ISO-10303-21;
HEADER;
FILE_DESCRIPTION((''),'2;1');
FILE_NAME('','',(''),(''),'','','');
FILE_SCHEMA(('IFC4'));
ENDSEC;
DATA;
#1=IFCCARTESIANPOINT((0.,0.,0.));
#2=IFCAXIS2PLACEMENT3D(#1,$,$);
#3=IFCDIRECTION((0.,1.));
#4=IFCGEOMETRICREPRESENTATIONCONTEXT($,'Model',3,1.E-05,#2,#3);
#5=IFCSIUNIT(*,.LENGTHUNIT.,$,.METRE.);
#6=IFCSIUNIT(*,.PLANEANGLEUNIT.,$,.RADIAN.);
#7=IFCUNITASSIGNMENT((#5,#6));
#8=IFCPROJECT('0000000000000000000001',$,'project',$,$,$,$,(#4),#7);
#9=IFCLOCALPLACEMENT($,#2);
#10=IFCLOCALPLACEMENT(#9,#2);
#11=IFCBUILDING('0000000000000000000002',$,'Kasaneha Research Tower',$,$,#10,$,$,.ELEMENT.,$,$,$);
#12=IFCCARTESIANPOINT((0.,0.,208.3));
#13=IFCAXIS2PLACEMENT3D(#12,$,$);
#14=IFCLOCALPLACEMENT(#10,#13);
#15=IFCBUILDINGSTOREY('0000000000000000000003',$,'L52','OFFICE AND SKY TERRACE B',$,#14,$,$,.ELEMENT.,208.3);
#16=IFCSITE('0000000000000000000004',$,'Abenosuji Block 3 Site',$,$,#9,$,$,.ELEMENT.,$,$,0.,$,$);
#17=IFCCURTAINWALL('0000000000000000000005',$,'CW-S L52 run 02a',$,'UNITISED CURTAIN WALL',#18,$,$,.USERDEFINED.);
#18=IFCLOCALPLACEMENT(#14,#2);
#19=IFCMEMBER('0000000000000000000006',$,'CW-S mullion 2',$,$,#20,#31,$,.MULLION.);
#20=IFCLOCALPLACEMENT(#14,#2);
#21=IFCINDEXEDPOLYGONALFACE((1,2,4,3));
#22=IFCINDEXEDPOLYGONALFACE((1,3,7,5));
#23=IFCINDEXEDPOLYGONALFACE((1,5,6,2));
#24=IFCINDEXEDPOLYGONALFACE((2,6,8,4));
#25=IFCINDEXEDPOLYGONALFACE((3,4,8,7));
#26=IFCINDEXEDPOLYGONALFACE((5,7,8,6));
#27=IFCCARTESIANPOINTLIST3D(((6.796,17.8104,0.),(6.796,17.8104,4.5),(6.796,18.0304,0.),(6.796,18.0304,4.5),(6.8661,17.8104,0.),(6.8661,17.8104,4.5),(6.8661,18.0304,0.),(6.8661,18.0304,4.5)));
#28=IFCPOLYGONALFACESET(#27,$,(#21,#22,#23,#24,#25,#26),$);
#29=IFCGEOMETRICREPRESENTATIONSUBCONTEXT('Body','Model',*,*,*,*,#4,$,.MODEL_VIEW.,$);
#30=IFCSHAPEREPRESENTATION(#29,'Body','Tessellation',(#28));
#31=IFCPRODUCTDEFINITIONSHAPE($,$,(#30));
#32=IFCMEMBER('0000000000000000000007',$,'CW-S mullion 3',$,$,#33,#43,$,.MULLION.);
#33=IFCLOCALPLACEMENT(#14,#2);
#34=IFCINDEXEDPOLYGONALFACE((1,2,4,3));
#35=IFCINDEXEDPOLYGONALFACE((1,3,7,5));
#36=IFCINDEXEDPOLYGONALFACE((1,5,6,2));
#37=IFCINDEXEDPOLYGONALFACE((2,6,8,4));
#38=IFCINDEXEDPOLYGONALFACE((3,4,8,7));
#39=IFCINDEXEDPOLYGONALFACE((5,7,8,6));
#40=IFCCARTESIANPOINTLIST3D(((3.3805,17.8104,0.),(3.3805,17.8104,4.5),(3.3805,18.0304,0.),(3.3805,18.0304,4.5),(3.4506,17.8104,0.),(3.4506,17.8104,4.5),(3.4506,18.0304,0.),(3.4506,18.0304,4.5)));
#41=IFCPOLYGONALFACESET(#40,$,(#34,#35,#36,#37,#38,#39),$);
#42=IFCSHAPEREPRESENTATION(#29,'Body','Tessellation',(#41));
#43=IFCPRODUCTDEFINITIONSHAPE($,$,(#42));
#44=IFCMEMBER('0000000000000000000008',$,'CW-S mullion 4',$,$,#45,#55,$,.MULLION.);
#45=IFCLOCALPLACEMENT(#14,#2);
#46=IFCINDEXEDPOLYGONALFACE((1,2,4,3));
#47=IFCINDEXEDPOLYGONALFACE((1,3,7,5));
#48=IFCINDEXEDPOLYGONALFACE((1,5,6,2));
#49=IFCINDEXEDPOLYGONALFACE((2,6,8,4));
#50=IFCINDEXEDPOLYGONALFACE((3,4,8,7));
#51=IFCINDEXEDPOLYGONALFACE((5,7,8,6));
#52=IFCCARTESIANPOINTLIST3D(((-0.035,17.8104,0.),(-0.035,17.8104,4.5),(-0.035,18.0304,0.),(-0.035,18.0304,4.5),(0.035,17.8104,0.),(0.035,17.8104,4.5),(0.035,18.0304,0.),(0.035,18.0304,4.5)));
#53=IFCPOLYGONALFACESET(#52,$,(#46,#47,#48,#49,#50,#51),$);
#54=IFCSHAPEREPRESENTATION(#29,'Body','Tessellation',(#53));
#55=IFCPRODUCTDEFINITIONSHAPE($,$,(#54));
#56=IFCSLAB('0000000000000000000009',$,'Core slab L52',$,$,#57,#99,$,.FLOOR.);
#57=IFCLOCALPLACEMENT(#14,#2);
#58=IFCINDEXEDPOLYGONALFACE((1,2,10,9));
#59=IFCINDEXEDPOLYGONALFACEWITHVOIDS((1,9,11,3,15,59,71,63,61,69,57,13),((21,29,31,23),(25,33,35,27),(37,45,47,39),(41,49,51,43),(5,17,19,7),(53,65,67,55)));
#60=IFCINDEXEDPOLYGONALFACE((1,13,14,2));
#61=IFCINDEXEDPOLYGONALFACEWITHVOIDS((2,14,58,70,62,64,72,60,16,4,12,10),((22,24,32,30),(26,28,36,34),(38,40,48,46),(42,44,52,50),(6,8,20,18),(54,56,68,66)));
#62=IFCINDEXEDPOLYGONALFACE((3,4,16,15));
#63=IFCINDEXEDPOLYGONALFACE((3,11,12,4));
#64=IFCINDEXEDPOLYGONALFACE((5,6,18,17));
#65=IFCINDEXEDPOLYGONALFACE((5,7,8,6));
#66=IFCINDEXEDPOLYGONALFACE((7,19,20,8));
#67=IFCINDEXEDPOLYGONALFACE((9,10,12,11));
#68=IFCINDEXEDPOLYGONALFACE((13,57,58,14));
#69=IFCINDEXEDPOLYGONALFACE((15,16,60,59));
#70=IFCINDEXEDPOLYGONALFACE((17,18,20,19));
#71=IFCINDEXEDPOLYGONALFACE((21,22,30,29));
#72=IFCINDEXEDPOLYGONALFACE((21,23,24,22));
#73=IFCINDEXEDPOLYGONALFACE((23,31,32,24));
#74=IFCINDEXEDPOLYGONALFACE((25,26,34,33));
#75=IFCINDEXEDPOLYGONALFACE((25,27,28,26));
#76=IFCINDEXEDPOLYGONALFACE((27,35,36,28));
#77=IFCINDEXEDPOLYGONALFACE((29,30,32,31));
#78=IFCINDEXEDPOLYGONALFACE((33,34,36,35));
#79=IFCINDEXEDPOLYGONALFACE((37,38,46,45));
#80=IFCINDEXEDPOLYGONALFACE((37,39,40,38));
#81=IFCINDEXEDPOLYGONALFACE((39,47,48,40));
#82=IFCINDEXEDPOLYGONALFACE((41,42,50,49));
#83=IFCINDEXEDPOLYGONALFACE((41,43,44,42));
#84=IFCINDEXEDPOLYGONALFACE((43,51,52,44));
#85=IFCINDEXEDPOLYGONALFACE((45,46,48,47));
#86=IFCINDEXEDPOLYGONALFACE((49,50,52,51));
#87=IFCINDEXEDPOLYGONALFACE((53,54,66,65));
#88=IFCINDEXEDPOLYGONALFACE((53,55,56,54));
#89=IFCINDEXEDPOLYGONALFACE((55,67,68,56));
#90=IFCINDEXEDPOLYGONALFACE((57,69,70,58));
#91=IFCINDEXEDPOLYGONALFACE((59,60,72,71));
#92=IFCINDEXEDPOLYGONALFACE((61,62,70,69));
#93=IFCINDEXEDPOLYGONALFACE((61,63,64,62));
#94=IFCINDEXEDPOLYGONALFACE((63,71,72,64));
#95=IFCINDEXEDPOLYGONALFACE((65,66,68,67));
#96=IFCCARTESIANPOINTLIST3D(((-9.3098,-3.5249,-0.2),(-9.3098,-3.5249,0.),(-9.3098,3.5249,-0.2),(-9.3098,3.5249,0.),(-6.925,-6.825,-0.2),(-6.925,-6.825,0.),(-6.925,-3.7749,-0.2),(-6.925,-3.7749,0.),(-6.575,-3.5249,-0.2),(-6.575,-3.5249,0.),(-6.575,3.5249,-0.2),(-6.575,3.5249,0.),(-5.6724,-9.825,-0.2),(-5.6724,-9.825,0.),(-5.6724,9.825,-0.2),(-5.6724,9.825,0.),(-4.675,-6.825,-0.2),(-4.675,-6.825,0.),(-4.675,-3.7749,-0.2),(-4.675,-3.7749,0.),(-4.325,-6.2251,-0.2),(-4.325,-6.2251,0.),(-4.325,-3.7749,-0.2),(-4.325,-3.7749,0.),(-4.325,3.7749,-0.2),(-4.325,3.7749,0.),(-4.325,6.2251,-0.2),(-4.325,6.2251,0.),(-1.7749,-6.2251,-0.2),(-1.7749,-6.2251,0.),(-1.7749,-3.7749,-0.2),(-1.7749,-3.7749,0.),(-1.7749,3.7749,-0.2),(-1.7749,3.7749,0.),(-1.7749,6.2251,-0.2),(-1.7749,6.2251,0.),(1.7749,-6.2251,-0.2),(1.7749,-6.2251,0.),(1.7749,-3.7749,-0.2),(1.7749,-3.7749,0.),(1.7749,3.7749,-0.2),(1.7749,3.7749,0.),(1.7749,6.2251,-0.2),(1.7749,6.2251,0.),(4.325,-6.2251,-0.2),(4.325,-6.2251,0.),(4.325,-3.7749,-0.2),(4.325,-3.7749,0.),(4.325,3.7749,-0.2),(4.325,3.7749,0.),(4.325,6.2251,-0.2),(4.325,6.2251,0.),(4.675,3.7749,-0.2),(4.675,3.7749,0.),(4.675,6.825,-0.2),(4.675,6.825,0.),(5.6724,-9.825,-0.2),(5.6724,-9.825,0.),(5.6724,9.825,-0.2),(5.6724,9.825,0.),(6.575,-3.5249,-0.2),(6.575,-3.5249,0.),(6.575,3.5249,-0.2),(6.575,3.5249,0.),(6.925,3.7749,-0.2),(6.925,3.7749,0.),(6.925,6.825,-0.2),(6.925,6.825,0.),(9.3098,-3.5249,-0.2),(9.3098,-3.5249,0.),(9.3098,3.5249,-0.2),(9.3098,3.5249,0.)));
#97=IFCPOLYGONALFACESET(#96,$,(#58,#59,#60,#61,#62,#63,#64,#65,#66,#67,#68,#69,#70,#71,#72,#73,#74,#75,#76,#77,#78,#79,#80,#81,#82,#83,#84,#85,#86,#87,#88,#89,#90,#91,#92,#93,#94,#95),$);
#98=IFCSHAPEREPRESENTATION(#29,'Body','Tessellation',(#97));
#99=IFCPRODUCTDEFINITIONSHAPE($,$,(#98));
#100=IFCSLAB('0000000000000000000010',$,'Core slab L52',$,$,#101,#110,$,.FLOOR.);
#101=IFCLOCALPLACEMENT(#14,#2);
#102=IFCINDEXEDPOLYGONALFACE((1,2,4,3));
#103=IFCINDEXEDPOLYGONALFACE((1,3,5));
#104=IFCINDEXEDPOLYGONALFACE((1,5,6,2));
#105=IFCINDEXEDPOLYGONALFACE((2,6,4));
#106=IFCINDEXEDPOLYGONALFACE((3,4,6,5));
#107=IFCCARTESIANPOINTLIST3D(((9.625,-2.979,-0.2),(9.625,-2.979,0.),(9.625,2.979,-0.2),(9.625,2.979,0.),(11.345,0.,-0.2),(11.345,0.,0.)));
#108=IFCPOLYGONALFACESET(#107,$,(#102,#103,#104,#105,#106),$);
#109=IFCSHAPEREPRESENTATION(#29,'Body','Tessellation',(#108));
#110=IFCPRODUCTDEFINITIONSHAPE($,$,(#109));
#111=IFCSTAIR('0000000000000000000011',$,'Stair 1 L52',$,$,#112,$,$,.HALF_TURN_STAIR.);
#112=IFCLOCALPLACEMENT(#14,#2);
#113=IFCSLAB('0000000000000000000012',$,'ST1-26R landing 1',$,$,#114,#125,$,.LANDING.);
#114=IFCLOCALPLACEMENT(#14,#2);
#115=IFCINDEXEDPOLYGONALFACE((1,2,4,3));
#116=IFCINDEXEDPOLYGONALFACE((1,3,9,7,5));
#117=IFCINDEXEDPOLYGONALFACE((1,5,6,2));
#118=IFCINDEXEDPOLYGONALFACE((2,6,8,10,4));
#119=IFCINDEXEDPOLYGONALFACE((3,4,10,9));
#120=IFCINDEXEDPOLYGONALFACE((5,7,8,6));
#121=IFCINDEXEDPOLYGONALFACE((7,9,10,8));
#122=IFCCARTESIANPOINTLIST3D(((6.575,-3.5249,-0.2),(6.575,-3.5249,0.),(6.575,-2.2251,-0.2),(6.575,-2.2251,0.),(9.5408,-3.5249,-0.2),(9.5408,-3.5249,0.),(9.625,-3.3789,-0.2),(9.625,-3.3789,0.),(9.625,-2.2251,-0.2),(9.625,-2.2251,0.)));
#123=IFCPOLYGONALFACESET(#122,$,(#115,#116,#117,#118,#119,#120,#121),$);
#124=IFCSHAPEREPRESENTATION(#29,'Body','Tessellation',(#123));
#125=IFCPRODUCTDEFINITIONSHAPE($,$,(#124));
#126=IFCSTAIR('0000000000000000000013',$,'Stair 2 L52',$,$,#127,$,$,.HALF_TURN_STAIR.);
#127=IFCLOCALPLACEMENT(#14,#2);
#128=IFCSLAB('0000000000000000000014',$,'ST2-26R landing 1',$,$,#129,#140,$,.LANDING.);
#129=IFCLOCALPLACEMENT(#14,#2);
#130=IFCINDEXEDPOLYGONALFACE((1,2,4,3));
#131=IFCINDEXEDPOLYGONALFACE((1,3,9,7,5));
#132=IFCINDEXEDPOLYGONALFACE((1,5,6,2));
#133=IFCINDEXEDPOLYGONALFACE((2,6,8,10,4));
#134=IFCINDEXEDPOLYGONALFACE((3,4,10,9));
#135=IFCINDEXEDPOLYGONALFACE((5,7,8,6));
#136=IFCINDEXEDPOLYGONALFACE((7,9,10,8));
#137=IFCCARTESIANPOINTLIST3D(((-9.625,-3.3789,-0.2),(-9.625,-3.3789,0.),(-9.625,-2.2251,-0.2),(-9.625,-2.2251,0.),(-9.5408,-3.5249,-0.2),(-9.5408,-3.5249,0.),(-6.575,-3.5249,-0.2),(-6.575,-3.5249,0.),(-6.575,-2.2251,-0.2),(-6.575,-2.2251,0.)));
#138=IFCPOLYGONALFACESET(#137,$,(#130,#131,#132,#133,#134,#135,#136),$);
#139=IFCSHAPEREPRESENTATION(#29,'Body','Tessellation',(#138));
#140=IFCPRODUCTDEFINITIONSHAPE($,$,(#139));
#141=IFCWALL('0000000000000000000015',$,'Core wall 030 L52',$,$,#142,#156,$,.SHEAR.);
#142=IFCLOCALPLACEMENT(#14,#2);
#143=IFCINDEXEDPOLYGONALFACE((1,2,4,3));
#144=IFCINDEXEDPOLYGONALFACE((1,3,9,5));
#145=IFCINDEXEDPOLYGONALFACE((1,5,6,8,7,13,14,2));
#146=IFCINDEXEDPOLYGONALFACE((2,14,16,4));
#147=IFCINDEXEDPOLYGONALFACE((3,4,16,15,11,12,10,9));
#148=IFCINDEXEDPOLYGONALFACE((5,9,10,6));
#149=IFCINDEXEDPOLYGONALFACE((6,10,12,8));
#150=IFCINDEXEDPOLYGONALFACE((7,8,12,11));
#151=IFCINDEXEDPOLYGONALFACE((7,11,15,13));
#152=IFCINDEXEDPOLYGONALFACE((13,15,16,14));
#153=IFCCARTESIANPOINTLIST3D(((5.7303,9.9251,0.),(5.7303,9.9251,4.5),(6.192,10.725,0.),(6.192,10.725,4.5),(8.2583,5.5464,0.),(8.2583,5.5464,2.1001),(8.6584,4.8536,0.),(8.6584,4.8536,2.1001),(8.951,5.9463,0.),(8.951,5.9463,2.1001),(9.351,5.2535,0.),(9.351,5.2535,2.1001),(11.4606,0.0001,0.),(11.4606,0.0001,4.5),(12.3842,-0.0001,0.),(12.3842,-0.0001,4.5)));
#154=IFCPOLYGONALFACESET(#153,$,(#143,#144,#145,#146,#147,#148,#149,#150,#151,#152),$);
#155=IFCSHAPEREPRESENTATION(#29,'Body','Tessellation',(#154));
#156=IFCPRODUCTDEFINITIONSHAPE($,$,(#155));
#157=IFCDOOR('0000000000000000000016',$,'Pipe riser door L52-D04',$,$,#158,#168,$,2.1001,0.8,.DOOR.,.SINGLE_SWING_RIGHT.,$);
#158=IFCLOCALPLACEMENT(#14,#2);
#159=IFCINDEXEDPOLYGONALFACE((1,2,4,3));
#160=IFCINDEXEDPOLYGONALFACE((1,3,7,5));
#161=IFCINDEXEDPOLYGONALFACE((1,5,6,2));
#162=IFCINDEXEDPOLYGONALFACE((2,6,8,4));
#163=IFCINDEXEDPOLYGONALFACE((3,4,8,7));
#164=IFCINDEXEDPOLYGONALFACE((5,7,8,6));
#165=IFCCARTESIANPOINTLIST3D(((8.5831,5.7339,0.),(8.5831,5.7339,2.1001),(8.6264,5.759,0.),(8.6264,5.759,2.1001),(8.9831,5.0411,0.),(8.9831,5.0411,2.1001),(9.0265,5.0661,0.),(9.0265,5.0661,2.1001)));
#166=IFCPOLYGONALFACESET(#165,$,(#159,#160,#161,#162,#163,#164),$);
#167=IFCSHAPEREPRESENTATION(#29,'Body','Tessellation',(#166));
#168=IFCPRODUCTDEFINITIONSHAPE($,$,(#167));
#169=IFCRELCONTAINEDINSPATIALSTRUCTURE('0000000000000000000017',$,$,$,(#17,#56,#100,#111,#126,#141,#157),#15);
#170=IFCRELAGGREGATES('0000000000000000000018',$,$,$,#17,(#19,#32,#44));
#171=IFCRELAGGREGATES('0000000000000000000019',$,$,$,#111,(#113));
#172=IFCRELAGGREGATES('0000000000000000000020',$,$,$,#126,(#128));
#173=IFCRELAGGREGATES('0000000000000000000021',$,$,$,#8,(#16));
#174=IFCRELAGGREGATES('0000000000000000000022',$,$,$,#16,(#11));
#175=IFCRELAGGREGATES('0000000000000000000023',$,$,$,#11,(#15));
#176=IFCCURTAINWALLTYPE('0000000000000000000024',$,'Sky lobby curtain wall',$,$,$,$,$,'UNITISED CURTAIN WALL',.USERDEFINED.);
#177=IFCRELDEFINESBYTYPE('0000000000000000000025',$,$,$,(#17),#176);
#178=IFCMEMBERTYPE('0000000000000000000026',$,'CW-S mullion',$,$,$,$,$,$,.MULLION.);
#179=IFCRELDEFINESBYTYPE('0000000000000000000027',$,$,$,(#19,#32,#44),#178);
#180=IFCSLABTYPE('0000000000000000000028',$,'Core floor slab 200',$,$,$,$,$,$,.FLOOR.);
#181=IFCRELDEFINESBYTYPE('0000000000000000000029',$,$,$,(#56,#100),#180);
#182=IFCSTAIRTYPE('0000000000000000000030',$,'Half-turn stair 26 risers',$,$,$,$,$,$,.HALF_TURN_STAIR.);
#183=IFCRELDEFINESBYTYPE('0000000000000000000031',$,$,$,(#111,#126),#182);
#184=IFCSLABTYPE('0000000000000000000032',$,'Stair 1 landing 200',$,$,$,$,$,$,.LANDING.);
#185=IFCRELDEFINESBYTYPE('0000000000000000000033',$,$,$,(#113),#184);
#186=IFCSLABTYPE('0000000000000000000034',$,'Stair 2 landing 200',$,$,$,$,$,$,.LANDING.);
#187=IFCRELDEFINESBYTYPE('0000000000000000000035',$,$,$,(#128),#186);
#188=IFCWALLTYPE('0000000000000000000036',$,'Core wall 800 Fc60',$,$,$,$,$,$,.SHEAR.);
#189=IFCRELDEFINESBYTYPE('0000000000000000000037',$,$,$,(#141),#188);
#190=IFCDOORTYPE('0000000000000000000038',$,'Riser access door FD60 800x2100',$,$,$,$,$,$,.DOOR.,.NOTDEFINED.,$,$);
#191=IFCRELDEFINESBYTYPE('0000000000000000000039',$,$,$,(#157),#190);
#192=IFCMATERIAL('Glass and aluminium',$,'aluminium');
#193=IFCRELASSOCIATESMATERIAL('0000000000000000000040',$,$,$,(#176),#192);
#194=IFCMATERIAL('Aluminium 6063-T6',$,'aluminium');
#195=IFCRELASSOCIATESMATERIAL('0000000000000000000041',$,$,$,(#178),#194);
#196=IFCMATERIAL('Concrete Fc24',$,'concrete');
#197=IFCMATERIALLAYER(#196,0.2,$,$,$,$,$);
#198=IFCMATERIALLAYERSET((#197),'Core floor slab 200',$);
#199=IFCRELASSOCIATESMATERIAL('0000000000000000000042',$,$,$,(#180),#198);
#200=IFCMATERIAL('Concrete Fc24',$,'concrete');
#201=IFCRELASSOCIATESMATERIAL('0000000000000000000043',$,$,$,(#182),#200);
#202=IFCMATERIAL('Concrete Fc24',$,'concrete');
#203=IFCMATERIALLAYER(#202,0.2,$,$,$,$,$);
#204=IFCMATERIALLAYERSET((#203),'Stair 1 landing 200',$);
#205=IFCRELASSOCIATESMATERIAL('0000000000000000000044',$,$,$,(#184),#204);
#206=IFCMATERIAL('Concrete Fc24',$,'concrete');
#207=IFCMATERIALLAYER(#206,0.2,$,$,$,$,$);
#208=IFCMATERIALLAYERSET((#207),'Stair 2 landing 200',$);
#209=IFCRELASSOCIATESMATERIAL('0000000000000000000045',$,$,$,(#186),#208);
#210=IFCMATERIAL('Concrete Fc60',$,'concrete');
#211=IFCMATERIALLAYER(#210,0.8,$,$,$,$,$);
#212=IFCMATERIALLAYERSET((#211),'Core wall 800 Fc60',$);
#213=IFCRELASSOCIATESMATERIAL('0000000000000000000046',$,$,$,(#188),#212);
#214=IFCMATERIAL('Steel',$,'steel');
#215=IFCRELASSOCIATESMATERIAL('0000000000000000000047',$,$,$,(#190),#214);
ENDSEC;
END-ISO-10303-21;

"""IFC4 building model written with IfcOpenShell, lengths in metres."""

from ifc_helpers import new_model, si_unit, direction, frame, frame_2d, origin, origin_2d, place, context, subcontext, project, spatial, polyline, rectangle, outline, extrude, material, layer, layer_set, material_profile, profile_set, type_object, element, fill, aggregate, save


model = new_model("IFC4")

# Units and contexts
model_context = context("Model", 3, precision=1e-05, world=origin(), true_north=direction((0.0, 1.0)))
body_context = subcontext(model_context, "Body", "Model", "MODEL_VIEW")
ifc_project = project(units=[si_unit("LENGTHUNIT", "METRE"), si_unit("PLANEANGLEUNIT", "RADIAN")], contexts=[model_context])

# Site, building, storey
site_placement = place(None, origin())
site = spatial("IfcSite", under=ifc_project, at=site_placement, Name="Abenosuji Block 3 Site", CompositionType="ELEMENT", RefElevation=0.0)
building_placement = place(site_placement, origin())
building = spatial("IfcBuilding", under=site, at=building_placement, Name="Kasaneha Research Tower", CompositionType="ELEMENT")
storey_placement = place(building_placement, frame((0.0, 0.0, 208.3)))
storey = spatial("IfcBuildingStorey", under=building, at=storey_placement, Name="L52", Description="OFFICE AND SKY TERRACE B", CompositionType="ELEMENT", Elevation=208.3)

# Curtain wall, members
ifc_material_1 = material(Name="Glass and aluminium", Category="aluminium")
curtain_wall_type = type_object("IfcCurtainWallType", Name="Sky lobby curtain wall", ElementType="UNITISED CURTAIN WALL", PredefinedType="USERDEFINED", material=ifc_material_1)
ifc_material_2 = material(Name="Aluminium 6063-T6", Category="aluminium")
ifc_material_profile_1 = material_profile(ifc_material_2, rectangle(XDim=0.0701, YDim=0.22, at=origin_2d()), Name="CW-S mullion 70x220")
ifc_profile_set_1 = profile_set([ifc_material_profile_1], Name="Aluminium 6063-T6")
member_type = type_object("IfcMemberType", Name="CW-S mullion", PredefinedType="MULLION", material=ifc_profile_set_1)
curtain_wall_1_placement = place(storey_placement, origin())
curtain_wall_1 = element("IfcCurtainWall", 1, at=curtain_wall_1_placement, inside=storey, type_object=curtain_wall_type, Name="CW-S L52 run 02a", ObjectType="UNITISED CURTAIN WALL", PredefinedType="USERDEFINED")
member_1_placement = place(storey_placement, frame((6.8311, 17.9204, 0.0), z_axis=(0.0, 0.0, 1.0), x_axis=(-1.0, 0.0, 0.0)))
member_1 = element("IfcMember", 2, at=member_1_placement, type_object=member_type, Name="CW-S mullion 2", PredefinedType="MULLION", context=body_context, shape_type="SweptSolid", body=[
    extrude(rectangle(XDim=0.0701, YDim=0.22, at=origin_2d()), origin(), (0.0, 0.0, 1.0), 4.5),
])
member_2_placement = place(storey_placement, frame((3.4155, 17.9204, 0.0), z_axis=(0.0, 0.0, 1.0), x_axis=(-1.0, 0.0, 0.0)))
member_2 = element("IfcMember", 3, at=member_2_placement, type_object=member_type, Name="CW-S mullion 3", PredefinedType="MULLION", context=body_context, shape_type="SweptSolid", body=[
    extrude(rectangle(XDim=0.0701, YDim=0.22, at=origin_2d()), origin(), (0.0, 0.0, 1.0), 4.5),
])
member_3_placement = place(storey_placement, frame((0.0, 17.9204, 0.0), z_axis=(0.0, 0.0, 1.0), x_axis=(-1.0, 0.0, 0.0)))
member_3 = element("IfcMember", 4, at=member_3_placement, type_object=member_type, Name="CW-S mullion 4", PredefinedType="MULLION", context=body_context, shape_type="SweptSolid", body=[
    extrude(rectangle(XDim=0.0701, YDim=0.22, at=origin_2d()), origin(), (0.0, 0.0, 1.0), 4.5),
])
aggregate(curtain_wall_1, [member_1, member_2, member_3])

# Slabs
ifc_material_3 = material(Name="Concrete Fc24", Category="concrete")
ifc_layer_1 = layer(ifc_material_3, 0.2)
ifc_layer_set_1 = layer_set([ifc_layer_1], Name="Core floor slab 200")
slab_type_1 = type_object("IfcSlabType", Name="Core floor slab 200", PredefinedType="FLOOR", material=ifc_layer_set_1)
slab_1_placement = place(storey_placement, frame((0.0, 0.0, -0.2)))
element("IfcSlab", 5, at=slab_1_placement, inside=storey, type_object=slab_type_1, Name="Core slab L52", PredefinedType="FLOOR", context=body_context, shape_type="SweptSolid", body=[
    extrude(outline(polyline([(-5.6724, 9.825), (5.6724, 9.825), (9.3098, 3.5249), (6.575, 3.5249), (6.575, -3.5249), (9.3098, -3.5249), (5.6724, -9.825), (-5.6724, -9.825), (-9.3098, -3.5249), (-6.575, -3.5249), (-6.575, 3.5249), (-9.3098, 3.5249), (-5.6724, 9.825)]), holes=[polyline([(-6.925, -3.7749), (-6.925, -6.825), (-4.675, -6.825), (-4.675, -3.7749), (-6.925, -3.7749)]), polyline([(-4.325, -3.7749), (-4.325, -6.2251), (-1.7749, -6.2251), (-1.7749, -3.7749), (-4.325, -3.7749)]), polyline([(1.7749, -3.7749), (1.7749, -6.2251), (4.325, -6.2251), (4.325, -3.7749), (1.7749, -3.7749)]), polyline([(-4.325, 6.2251), (-4.325, 3.7749), (-1.7749, 3.7749), (-1.7749, 6.2251), (-4.325, 6.2251)]), polyline([(4.325, 6.2251), (1.7749, 6.2251), (1.7749, 3.7749), (4.325, 3.7749), (4.325, 6.2251)]), polyline([(6.925, 6.825), (4.675, 6.825), (4.675, 3.7749), (6.925, 3.7749), (6.925, 6.825)])]), origin(), (0.0, 0.0, 1.0), 0.2),
])
slab_2_placement = place(storey_placement, frame((0.0, 0.0, -0.2)))
element("IfcSlab", 6, at=slab_2_placement, inside=storey, type_object=slab_type_1, Name="Core slab L52", PredefinedType="FLOOR", context=body_context, shape_type="SweptSolid", body=[
    extrude(outline(polyline([(11.345, 0.0), (9.625, -2.979), (9.625, 2.979), (11.345, 0.0)])), origin(), (0.0, 0.0, 1.0), 0.2),
])

# Stairs, slabs
ifc_material_4 = material(Name="Concrete Fc24", Category="concrete")
stair_type = type_object("IfcStairType", Name="Half-turn stair 26 risers", PredefinedType="HALF_TURN_STAIR", material=ifc_material_4)
stair_1_placement = place(storey_placement, origin())
stair_1 = element("IfcStair", 7, at=stair_1_placement, inside=storey, type_object=stair_type, Name="Stair 1 L52", PredefinedType="HALF_TURN_STAIR")
ifc_material_5 = material(Name="Concrete Fc24", Category="concrete")
ifc_layer_2 = layer(ifc_material_5, 0.2)
ifc_layer_set_2 = layer_set([ifc_layer_2], Name="Stair 1 landing 200")
slab_type_2 = type_object("IfcSlabType", Name="Stair 1 landing 200", PredefinedType="LANDING", material=ifc_layer_set_2)
slab_3_placement = place(storey_placement, frame((0.0, 0.0, -0.2)))
slab_3 = element("IfcSlab", 8, at=slab_3_placement, type_object=slab_type_2, Name="ST1-26R landing 1", PredefinedType="LANDING", context=body_context, shape_type="SweptSolid", body=[
    extrude(outline(polyline([(9.5408, -3.5249), (6.575, -3.5249), (6.575, -2.2251), (9.625, -2.2251), (9.625, -3.3789), (9.5408, -3.5249)])), origin(), (0.0, 0.0, 1.0), 0.2),
])
aggregate(stair_1, [slab_3])
stair_2_placement = place(storey_placement, origin())
stair_2 = element("IfcStair", 9, at=stair_2_placement, inside=storey, type_object=stair_type, Name="Stair 2 L52", PredefinedType="HALF_TURN_STAIR")
ifc_material_6 = material(Name="Concrete Fc24", Category="concrete")
ifc_layer_3 = layer(ifc_material_6, 0.2)
ifc_layer_set_3 = layer_set([ifc_layer_3], Name="Stair 2 landing 200")
slab_type_3 = type_object("IfcSlabType", Name="Stair 2 landing 200", PredefinedType="LANDING", material=ifc_layer_set_3)
slab_4_placement = place(storey_placement, frame((0.0, 0.0, -0.2)))
slab_4 = element("IfcSlab", 10, at=slab_4_placement, type_object=slab_type_3, Name="ST2-26R landing 1", PredefinedType="LANDING", context=body_context, shape_type="SweptSolid", body=[
    extrude(outline(polyline([(-6.575, -3.5249), (-9.5408, -3.5249), (-9.625, -3.3789), (-9.625, -2.2251), (-6.575, -2.2251), (-6.575, -3.5249)])), origin(), (0.0, 0.0, 1.0), 0.2),
])
aggregate(stair_2, [slab_4])

# Wall, opening, door
ifc_material_7 = material(Name="Concrete Fc60", Category="concrete")
ifc_layer_4 = layer(ifc_material_7, 0.8)
ifc_layer_set_4 = layer_set([ifc_layer_4], Name="Core wall 800 Fc60")
wall_type_1 = type_object("IfcWallType", Name="Core wall 800 Fc60", PredefinedType="SHEAR", material=ifc_layer_set_4)
wall_1_placement = place(storey_placement, frame((11.9224, 0.0, 0.0), z_axis=(0.0, 0.0, 1.0), x_axis=(-0.500004, 0.866023, 0.0)))
wall_1 = element("IfcWall", 11, at=wall_1_placement, inside=storey, type_object=wall_type_1, Name="Core wall 030 L52", PredefinedType="SHEAR", context=body_context, shape_type="SweptSolid", body=[
    extrude(outline(polyline([(-0.231, -0.3999), (5.8354, -0.3999), (6.6355, -0.3999), (12.1533, -0.3999), (11.6914, 0.3999), (6.6355, 0.3999), (5.8354, 0.3999), (0.231, 0.3999), (-0.231, -0.3999)])), origin(), (0.0, 0.0, 1.0), 4.5),
])
opening_1_placement = place(wall_1_placement, frame((5.8354, 0.0, 0.0)))
opening_1 = element("IfcOpeningElement", 12, at=opening_1_placement, cuts=wall_1, PredefinedType="OPENING", context=body_context, shape_type="SweptSolid", body=[
    extrude(rectangle(XDim=0.8, YDim=2.1001, at=frame_2d((0.3999, 1.05))), frame((0.0, 0.4102, 0.0), z_axis=(0.0, -1.0, 0.0), x_axis=(1.0, 0.0, 0.0)), (0.0, 0.0, 1.0), 0.8201),
])
ifc_material_8 = material(Name="Steel", Category="steel")
door_type_1 = type_object("IfcDoorType", Name="Riser access door FD60 800x2100", OperationType="NOTDEFINED", PredefinedType="DOOR", material=ifc_material_8)
door_1_placement = place(opening_1_placement, origin())
door_1 = element("IfcDoor", 13, at=door_1_placement, inside=storey, type_object=door_type_1, Name="Pipe riser door L52-D04", OperationType="SINGLE_SWING_RIGHT", OverallHeight=2.1001, OverallWidth=0.8, PredefinedType="DOOR", context=body_context, shape_type="SweptSolid", body=[
    extrude(rectangle(XDim=0.8, YDim=2.1001, at=frame_2d((0.3999, 1.05))), frame((0.0, 0.0249, 0.0), z_axis=(0.0, -1.0, 0.0), x_axis=(1.0, 0.0, 0.0)), (0.0, 0.0, 1.0), 0.05),
])
fill(opening_1, door_1)

save(model, "model.ifc")
